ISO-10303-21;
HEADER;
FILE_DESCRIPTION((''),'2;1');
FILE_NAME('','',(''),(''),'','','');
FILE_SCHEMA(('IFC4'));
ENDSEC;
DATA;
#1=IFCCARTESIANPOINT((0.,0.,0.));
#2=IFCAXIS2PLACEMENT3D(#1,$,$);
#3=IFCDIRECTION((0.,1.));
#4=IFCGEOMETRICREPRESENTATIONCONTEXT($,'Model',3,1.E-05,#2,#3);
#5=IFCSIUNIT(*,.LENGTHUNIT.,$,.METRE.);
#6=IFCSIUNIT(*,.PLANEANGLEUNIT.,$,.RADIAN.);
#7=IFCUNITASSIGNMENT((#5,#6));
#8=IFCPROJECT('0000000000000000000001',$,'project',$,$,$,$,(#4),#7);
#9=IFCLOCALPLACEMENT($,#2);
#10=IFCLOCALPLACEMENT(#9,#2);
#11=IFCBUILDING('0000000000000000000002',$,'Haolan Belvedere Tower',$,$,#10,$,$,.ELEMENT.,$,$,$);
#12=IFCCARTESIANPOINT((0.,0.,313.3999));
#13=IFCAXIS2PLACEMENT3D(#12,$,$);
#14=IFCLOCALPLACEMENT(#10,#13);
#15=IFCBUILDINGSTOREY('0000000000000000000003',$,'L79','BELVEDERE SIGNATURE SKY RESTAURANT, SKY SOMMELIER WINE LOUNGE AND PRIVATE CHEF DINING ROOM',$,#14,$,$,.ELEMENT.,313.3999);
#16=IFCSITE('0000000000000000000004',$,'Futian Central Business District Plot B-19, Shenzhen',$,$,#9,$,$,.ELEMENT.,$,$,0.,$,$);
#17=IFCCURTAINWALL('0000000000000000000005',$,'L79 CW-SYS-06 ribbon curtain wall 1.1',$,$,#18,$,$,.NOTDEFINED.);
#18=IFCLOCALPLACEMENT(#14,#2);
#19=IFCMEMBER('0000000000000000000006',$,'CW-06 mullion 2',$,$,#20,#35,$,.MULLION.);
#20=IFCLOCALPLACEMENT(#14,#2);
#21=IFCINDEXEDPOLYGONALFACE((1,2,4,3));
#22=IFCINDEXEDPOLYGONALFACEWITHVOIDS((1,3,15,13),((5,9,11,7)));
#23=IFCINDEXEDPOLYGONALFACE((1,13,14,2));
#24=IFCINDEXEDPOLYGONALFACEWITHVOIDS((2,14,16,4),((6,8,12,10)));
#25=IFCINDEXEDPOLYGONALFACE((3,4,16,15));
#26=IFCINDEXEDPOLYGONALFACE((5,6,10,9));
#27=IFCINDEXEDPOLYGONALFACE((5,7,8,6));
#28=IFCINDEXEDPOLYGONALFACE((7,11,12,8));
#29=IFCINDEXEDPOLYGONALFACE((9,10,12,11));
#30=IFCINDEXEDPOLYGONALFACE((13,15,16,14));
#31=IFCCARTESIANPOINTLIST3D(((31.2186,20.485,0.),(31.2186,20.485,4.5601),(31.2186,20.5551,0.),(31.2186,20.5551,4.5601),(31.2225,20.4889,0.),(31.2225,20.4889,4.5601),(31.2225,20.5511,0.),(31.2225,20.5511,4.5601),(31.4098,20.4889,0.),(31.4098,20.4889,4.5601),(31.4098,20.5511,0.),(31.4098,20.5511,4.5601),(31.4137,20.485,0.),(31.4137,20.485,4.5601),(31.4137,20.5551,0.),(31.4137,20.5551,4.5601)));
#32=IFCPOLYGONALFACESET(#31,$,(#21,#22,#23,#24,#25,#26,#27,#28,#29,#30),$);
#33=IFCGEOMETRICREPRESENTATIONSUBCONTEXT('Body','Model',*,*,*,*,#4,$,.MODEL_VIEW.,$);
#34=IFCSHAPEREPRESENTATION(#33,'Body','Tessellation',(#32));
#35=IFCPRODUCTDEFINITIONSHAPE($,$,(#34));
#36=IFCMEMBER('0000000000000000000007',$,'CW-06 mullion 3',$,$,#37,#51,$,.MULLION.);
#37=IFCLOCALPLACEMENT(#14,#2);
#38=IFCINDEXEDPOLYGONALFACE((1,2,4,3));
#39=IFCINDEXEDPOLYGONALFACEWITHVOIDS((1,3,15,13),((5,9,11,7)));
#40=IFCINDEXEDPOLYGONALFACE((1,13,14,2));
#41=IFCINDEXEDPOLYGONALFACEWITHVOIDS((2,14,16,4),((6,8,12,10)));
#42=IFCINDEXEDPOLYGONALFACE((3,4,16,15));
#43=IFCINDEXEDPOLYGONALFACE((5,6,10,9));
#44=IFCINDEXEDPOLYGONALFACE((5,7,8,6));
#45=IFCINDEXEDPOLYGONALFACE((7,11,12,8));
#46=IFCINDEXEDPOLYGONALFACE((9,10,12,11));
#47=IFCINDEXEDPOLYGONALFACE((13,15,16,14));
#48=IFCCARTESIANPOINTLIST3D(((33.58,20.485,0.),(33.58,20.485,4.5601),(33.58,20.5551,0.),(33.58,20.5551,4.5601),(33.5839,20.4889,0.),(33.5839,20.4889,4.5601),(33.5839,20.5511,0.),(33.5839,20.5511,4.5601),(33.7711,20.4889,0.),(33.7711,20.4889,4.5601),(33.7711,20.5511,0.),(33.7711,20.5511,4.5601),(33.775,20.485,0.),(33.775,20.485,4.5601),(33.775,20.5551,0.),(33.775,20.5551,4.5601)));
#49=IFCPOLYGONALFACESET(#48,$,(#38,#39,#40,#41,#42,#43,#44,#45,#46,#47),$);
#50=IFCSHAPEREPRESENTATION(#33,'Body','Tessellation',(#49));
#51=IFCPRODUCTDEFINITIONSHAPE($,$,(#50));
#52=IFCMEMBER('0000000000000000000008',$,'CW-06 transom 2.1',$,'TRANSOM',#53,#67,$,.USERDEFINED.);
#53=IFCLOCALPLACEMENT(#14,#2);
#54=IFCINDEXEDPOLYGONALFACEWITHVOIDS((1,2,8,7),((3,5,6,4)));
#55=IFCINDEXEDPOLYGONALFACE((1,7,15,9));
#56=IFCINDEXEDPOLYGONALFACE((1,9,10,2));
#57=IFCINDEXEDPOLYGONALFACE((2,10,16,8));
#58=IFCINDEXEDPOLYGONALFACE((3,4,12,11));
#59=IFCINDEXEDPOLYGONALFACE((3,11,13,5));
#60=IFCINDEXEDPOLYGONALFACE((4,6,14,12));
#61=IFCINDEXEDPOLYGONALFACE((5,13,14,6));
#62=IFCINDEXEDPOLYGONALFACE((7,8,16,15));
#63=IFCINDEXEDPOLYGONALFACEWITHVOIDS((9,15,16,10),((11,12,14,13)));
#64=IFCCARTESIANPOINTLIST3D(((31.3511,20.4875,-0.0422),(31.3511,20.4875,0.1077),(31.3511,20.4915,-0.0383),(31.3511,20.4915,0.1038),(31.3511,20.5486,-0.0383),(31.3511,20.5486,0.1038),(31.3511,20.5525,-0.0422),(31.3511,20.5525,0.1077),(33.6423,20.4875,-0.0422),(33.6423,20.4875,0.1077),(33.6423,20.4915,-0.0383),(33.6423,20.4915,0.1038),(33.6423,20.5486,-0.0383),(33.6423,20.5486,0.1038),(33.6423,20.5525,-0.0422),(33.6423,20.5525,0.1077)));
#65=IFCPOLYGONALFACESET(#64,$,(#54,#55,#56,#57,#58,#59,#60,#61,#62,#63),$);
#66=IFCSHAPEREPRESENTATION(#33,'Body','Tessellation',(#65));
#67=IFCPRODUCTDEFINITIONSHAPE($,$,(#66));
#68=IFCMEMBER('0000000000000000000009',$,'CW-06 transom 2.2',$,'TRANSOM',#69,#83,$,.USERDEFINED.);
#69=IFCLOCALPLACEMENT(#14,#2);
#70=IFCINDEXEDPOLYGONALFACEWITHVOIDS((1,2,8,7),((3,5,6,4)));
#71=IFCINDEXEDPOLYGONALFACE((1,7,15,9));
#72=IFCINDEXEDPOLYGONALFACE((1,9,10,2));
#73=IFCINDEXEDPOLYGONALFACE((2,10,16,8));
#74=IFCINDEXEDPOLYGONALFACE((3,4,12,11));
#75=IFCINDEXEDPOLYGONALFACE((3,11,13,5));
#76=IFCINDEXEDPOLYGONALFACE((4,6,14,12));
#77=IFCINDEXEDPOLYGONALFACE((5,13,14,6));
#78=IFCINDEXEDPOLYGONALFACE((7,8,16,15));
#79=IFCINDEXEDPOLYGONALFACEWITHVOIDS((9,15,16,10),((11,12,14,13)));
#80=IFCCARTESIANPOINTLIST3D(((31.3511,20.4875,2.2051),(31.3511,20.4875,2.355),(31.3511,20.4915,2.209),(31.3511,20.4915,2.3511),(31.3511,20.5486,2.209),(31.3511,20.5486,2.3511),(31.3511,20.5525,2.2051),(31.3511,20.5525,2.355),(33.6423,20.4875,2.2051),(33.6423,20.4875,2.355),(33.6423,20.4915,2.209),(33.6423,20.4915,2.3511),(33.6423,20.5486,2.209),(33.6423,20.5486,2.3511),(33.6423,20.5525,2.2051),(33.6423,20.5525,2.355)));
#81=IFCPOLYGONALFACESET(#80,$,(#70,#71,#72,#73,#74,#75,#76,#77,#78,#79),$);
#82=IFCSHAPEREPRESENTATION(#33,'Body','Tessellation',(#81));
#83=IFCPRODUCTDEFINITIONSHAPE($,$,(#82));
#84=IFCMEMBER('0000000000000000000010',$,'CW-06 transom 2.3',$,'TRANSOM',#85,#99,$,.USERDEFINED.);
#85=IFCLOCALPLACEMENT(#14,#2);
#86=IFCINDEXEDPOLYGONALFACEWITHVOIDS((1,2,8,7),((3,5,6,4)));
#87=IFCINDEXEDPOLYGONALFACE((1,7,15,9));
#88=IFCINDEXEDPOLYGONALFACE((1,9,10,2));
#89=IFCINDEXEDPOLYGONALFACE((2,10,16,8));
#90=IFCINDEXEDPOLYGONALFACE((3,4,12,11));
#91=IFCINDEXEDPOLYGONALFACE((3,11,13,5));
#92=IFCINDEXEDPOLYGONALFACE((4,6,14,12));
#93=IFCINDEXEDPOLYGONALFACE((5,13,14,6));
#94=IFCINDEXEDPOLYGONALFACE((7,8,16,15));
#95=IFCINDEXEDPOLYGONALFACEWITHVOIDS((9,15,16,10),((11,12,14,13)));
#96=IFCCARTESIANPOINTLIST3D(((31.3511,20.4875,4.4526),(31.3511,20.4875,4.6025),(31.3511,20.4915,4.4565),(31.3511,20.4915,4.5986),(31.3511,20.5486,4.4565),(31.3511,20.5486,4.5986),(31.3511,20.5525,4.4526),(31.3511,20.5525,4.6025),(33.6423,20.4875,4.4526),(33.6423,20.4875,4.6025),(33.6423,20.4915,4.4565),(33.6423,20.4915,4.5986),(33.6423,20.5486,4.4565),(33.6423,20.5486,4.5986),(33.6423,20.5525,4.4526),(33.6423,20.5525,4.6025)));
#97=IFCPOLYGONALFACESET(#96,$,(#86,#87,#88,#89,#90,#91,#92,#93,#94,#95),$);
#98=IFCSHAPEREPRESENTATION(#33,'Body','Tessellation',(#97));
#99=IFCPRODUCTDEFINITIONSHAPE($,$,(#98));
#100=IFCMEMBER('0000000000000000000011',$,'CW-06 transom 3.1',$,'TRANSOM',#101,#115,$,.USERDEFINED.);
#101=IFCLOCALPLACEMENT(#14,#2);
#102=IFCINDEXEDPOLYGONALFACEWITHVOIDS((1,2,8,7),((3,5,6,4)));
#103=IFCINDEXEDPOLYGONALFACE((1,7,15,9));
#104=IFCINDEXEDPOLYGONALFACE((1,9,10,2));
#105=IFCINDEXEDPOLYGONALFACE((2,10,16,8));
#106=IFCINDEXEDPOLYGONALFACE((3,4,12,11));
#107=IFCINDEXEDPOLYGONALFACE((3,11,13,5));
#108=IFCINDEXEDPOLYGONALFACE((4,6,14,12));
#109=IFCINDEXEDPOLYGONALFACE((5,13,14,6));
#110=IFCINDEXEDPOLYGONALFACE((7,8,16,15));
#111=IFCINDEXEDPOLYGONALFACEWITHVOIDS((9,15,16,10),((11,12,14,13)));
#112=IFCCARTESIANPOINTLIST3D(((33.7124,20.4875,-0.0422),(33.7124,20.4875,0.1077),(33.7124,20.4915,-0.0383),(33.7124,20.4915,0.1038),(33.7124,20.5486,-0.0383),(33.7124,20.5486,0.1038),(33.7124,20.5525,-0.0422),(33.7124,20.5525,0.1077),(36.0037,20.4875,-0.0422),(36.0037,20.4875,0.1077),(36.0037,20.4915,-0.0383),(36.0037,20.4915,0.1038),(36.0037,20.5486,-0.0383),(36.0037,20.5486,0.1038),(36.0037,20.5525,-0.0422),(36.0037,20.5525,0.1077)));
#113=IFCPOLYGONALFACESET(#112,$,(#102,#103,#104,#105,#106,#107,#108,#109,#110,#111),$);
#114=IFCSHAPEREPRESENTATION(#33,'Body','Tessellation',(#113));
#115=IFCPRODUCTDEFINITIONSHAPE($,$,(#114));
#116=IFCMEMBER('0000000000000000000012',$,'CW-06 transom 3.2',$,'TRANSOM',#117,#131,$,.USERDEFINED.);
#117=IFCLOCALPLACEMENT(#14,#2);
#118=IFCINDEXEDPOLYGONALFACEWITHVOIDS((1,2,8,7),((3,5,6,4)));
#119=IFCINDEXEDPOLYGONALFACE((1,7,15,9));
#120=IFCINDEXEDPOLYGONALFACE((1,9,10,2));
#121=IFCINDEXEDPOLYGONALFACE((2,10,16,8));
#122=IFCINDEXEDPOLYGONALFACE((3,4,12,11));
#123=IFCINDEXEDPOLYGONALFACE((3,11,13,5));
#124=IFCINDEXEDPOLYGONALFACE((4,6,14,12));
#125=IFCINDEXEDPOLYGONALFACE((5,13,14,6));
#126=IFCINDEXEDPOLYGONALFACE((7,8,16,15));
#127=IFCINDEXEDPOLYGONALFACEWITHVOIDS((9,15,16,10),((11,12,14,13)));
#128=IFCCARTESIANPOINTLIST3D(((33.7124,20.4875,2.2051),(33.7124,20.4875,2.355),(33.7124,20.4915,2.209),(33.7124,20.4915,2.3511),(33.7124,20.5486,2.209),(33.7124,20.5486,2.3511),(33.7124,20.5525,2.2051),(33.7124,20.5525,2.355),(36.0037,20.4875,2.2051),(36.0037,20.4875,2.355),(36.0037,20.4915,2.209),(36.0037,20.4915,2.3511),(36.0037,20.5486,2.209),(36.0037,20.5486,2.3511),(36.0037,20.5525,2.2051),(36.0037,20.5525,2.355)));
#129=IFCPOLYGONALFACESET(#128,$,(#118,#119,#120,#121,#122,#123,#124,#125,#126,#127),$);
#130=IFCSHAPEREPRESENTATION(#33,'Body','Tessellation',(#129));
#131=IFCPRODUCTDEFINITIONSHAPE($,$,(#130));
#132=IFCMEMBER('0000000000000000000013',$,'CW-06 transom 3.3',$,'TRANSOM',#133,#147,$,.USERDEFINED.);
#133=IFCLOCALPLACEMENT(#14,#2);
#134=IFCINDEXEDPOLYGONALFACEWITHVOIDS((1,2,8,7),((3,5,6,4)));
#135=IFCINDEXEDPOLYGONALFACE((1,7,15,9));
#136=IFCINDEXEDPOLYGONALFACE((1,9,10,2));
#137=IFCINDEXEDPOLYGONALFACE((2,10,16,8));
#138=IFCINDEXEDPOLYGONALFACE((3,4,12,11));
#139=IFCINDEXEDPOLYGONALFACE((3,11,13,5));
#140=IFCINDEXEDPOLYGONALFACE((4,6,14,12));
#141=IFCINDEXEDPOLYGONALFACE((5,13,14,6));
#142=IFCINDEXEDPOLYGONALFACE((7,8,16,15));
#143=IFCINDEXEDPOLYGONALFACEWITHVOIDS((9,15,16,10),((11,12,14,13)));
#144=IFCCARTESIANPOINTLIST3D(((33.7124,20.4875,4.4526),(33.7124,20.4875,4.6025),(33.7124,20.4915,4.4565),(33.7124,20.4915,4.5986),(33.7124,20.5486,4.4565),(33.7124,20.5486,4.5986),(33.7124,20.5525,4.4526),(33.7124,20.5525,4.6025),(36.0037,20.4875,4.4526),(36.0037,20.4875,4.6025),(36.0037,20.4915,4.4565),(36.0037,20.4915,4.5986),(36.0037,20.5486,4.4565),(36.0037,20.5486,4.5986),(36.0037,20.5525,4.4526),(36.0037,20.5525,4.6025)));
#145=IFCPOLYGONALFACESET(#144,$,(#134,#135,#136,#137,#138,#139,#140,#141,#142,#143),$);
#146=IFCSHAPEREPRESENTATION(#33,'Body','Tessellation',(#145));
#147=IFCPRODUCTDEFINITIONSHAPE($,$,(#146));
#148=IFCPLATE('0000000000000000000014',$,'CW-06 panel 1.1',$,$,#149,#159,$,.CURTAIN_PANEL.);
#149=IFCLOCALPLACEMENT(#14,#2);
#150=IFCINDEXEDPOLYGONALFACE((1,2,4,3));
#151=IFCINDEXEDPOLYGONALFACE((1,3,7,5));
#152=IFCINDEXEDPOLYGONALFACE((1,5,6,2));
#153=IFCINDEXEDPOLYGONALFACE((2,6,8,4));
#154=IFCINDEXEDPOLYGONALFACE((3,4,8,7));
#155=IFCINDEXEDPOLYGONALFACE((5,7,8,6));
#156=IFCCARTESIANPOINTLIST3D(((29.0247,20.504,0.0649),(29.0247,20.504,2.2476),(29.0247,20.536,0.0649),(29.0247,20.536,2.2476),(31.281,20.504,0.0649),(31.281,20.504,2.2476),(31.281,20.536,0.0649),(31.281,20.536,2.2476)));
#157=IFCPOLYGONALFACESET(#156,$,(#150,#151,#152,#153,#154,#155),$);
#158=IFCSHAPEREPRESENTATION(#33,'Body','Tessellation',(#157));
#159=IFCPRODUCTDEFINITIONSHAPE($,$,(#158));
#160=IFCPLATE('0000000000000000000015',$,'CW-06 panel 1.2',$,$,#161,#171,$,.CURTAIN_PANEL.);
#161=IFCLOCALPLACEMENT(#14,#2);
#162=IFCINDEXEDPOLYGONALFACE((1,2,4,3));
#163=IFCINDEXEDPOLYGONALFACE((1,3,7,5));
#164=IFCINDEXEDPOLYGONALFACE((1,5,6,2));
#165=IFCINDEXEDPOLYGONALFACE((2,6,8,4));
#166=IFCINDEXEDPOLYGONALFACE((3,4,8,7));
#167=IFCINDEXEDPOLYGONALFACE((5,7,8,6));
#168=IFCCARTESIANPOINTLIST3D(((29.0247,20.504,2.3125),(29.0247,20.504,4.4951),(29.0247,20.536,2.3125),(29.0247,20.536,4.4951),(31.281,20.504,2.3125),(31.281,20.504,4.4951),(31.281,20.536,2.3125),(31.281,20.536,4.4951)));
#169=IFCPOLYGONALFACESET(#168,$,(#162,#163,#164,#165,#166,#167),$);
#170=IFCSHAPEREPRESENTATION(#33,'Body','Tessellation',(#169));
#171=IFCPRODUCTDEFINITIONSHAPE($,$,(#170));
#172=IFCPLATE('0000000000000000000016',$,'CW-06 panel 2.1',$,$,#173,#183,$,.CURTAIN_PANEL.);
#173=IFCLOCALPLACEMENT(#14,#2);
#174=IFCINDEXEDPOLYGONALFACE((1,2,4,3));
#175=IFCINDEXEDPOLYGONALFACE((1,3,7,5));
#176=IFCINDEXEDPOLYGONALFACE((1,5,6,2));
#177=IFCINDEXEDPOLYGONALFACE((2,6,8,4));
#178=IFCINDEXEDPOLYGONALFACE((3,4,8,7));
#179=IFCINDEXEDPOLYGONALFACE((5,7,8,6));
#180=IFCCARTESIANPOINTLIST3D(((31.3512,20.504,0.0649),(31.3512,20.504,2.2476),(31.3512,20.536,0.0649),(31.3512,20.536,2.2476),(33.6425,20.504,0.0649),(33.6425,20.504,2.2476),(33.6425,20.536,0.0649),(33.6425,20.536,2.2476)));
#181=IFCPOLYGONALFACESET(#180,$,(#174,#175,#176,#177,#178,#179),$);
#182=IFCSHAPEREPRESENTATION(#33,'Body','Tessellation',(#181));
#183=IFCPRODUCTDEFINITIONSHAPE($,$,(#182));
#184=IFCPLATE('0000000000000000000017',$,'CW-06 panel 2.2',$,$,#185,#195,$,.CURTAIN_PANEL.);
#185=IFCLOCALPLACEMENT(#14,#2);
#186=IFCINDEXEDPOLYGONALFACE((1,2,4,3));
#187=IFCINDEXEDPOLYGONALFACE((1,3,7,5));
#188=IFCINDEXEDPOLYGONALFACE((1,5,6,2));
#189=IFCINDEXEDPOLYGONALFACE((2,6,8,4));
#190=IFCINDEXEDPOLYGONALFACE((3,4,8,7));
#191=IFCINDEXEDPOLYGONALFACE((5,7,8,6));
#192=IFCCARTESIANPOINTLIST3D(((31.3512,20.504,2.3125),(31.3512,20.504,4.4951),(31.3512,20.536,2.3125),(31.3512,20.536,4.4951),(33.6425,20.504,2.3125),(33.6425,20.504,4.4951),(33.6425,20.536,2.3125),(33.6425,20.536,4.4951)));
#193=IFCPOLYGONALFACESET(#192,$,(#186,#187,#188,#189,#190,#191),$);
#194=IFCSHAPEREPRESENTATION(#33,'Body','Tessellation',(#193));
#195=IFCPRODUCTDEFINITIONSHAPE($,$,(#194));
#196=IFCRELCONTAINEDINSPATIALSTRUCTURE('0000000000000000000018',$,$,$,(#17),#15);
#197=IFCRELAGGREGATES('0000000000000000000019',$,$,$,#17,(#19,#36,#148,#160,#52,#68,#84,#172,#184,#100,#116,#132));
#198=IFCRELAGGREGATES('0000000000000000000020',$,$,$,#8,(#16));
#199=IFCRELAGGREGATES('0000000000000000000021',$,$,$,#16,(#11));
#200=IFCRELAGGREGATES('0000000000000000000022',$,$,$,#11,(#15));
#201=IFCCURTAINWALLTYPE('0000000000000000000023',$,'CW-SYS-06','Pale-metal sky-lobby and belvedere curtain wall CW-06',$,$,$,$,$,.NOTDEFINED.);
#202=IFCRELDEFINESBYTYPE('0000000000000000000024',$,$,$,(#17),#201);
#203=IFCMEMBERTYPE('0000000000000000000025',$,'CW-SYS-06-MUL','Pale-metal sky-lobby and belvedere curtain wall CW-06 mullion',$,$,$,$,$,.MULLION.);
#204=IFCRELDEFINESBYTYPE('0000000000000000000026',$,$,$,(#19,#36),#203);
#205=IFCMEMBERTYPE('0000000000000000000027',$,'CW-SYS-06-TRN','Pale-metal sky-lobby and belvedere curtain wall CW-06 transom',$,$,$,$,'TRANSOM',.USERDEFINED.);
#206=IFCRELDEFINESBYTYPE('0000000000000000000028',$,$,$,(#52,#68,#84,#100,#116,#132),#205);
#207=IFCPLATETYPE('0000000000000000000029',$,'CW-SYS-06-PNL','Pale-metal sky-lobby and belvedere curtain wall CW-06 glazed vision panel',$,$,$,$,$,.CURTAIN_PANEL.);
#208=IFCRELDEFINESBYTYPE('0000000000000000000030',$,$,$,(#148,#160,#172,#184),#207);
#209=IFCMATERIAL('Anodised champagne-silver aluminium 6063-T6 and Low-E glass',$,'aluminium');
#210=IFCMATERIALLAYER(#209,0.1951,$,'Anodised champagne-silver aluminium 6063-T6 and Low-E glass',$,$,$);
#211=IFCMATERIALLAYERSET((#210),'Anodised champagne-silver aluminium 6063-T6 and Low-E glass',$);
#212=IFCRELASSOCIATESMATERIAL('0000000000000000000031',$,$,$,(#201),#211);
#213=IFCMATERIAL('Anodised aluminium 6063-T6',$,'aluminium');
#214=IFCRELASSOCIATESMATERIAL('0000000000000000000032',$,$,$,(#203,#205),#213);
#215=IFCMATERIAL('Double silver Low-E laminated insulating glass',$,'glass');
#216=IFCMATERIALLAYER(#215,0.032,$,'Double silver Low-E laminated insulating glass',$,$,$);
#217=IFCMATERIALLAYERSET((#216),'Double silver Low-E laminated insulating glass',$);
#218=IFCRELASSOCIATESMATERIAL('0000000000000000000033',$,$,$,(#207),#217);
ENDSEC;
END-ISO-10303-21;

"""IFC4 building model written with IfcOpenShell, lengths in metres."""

from ifc_helpers import new_model, si_unit, direction, frame, origin, origin_2d, place, context, subcontext, project, spatial, rectangle, hollow_rectangle, extrude, material, layer, layer_set, material_profile, profile_set, type_object, element, aggregate, save


model = new_model("IFC4")

# Units and contexts
model_context = context("Model", 3, precision=1e-05, world=origin(), true_north=direction((0.0, 1.0)))
body_context = subcontext(model_context, "Body", "Model", "MODEL_VIEW")
ifc_project = project(units=[si_unit("LENGTHUNIT", "METRE"), si_unit("PLANEANGLEUNIT", "RADIAN")], contexts=[model_context])

# Site, building, storey
site_placement = place(None, origin())
site = spatial("IfcSite", under=ifc_project, at=site_placement, Name="Futian Central Business District Plot B-19, Shenzhen", CompositionType="ELEMENT", RefElevation=0.0)
building_placement = place(site_placement, origin())
building = spatial("IfcBuilding", under=site, at=building_placement, Name="Haolan Belvedere Tower", CompositionType="ELEMENT")
storey_placement = place(building_placement, frame((0.0, 0.0, 313.3999)))
storey = spatial("IfcBuildingStorey", under=building, at=storey_placement, Name="L79", Description="BELVEDERE SIGNATURE SKY RESTAURANT, SKY SOMMELIER WINE LOUNGE AND PRIVATE CHEF DINING ROOM", CompositionType="ELEMENT", Elevation=313.3999)

# Curtain wall, members, plates
ifc_material_1 = material(Name="Anodised champagne-silver aluminium 6063-T6 and Low-E glass", Category="aluminium")
ifc_layer_1 = layer(ifc_material_1, 0.1951, Name="Anodised champagne-silver aluminium 6063-T6 and Low-E glass")
ifc_layer_set_1 = layer_set([ifc_layer_1], Name="Anodised champagne-silver aluminium 6063-T6 and Low-E glass")
curtain_wall_type = type_object("IfcCurtainWallType", Name="CW-SYS-06", Description="Pale-metal sky-lobby and belvedere curtain wall CW-06", PredefinedType="NOTDEFINED", material=ifc_layer_set_1)
curtain_wall_placement = place(storey_placement, origin())
curtain_wall = element("IfcCurtainWall", 1, at=curtain_wall_placement, inside=storey, type_object=curtain_wall_type, Name="L79 CW-SYS-06 ribbon curtain wall 1.1", PredefinedType="NOTDEFINED")
ifc_material_2 = material(Name="Anodised aluminium 6063-T6", Category="aluminium")
ifc_material_profile_1 = material_profile(ifc_material_2, hollow_rectangle(XDim=0.0701, YDim=0.1951, WallThickness=0.0039, at=origin_2d()), Name="Anodised aluminium 6063-T6")
ifc_profile_set_1 = profile_set([ifc_material_profile_1], Name="Anodised aluminium 6063-T6")
member_type_1 = type_object("IfcMemberType", Name="CW-SYS-06-MUL", Description="Pale-metal sky-lobby and belvedere curtain wall CW-06 mullion", PredefinedType="MULLION", material=ifc_profile_set_1)
member_1_placement = place(storey_placement, frame((31.3162, 20.52, 0.0), z_axis=(0.0, 0.0, 1.0), x_axis=(0.0, 1.0, 0.0)))
member_1 = element("IfcMember", 2, at=member_1_placement, type_object=member_type_1, Name="CW-06 mullion 2", PredefinedType="MULLION", context=body_context, shape_type="SweptSolid", body=[
    extrude(hollow_rectangle(XDim=0.0701, YDim=0.1951, WallThickness=0.0039, at=origin_2d()), origin(), (0.0, 0.0, 1.0), 4.5601),
])
member_2_placement = place(storey_placement, frame((33.6775, 20.52, 0.0), z_axis=(0.0, 0.0, 1.0), x_axis=(0.0, 1.0, 0.0)))
member_2 = element("IfcMember", 3, at=member_2_placement, type_object=member_type_1, Name="CW-06 mullion 3", PredefinedType="MULLION", context=body_context, shape_type="SweptSolid", body=[
    extrude(hollow_rectangle(XDim=0.0701, YDim=0.1951, WallThickness=0.0039, at=origin_2d()), origin(), (0.0, 0.0, 1.0), 4.5601),
])
ifc_material_profile_2 = material_profile(ifc_material_2, hollow_rectangle(XDim=0.0649, YDim=0.1499, WallThickness=0.0039, at=origin_2d()), Name="Anodised aluminium 6063-T6")
ifc_profile_set_2 = profile_set([ifc_material_profile_2], Name="Anodised aluminium 6063-T6")
member_type_2 = type_object("IfcMemberType", Name="CW-SYS-06-TRN", Description="Pale-metal sky-lobby and belvedere curtain wall CW-06 transom", ElementType="TRANSOM", PredefinedType="USERDEFINED", material=ifc_profile_set_2)
member_3_placement = place(storey_placement, frame((31.3511, 20.52, 0.0327), z_axis=(1.0, 0.0, 0.0), x_axis=(0.0, 1.0, 0.0)))
member_3 = element("IfcMember", 4, at=member_3_placement, type_object=member_type_2, Name="CW-06 transom 2.1", ObjectType="TRANSOM", PredefinedType="USERDEFINED", context=body_context, shape_type="SweptSolid", body=[
    extrude(hollow_rectangle(XDim=0.0649, YDim=0.1499, WallThickness=0.0039, at=origin_2d()), origin(), (0.0, 0.0, 1.0), 2.2913),
])
member_4_placement = place(storey_placement, frame((31.3511, 20.52, 2.28), z_axis=(1.0, 0.0, 0.0), x_axis=(0.0, 1.0, 0.0)))
member_4 = element("IfcMember", 5, at=member_4_placement, type_object=member_type_2, Name="CW-06 transom 2.2", ObjectType="TRANSOM", PredefinedType="USERDEFINED", context=body_context, shape_type="SweptSolid", body=[
    extrude(hollow_rectangle(XDim=0.0649, YDim=0.1499, WallThickness=0.0039, at=origin_2d()), origin(), (0.0, 0.0, 1.0), 2.2913),
])
member_5_placement = place(storey_placement, frame((31.3511, 20.52, 4.5276), z_axis=(1.0, 0.0, 0.0), x_axis=(0.0, 1.0, 0.0)))
member_5 = element("IfcMember", 6, at=member_5_placement, type_object=member_type_2, Name="CW-06 transom 2.3", ObjectType="TRANSOM", PredefinedType="USERDEFINED", context=body_context, shape_type="SweptSolid", body=[
    extrude(hollow_rectangle(XDim=0.0649, YDim=0.1499, WallThickness=0.0039, at=origin_2d()), origin(), (0.0, 0.0, 1.0), 2.2913),
])
member_6_placement = place(storey_placement, frame((33.7124, 20.52, 0.0327), z_axis=(1.0, 0.0, 0.0), x_axis=(0.0, 1.0, 0.0)))
member_6 = element("IfcMember", 7, at=member_6_placement, type_object=member_type_2, Name="CW-06 transom 3.1", ObjectType="TRANSOM", PredefinedType="USERDEFINED", context=body_context, shape_type="SweptSolid", body=[
    extrude(hollow_rectangle(XDim=0.0649, YDim=0.1499, WallThickness=0.0039, at=origin_2d()), origin(), (0.0, 0.0, 1.0), 2.2913),
])
member_7_placement = place(storey_placement, frame((33.7124, 20.52, 2.28), z_axis=(1.0, 0.0, 0.0), x_axis=(0.0, 1.0, 0.0)))
member_7 = element("IfcMember", 8, at=member_7_placement, type_object=member_type_2, Name="CW-06 transom 3.2", ObjectType="TRANSOM", PredefinedType="USERDEFINED", context=body_context, shape_type="SweptSolid", body=[
    extrude(hollow_rectangle(XDim=0.0649, YDim=0.1499, WallThickness=0.0039, at=origin_2d()), origin(), (0.0, 0.0, 1.0), 2.2913),
])
member_8_placement = place(storey_placement, frame((33.7124, 20.52, 4.5276), z_axis=(1.0, 0.0, 0.0), x_axis=(0.0, 1.0, 0.0)))
member_8 = element("IfcMember", 9, at=member_8_placement, type_object=member_type_2, Name="CW-06 transom 3.3", ObjectType="TRANSOM", PredefinedType="USERDEFINED", context=body_context, shape_type="SweptSolid", body=[
    extrude(hollow_rectangle(XDim=0.0649, YDim=0.1499, WallThickness=0.0039, at=origin_2d()), origin(), (0.0, 0.0, 1.0), 2.2913),
])
ifc_material_3 = material(Name="Double silver Low-E laminated insulating glass", Category="glass")
ifc_layer_2 = layer(ifc_material_3, 0.032, Name="Double silver Low-E laminated insulating glass")
ifc_layer_set_2 = layer_set([ifc_layer_2], Name="Double silver Low-E laminated insulating glass")
plate_type = type_object("IfcPlateType", Name="CW-SYS-06-PNL", Description="Pale-metal sky-lobby and belvedere curtain wall CW-06 glazed vision panel", PredefinedType="CURTAIN_PANEL", material=ifc_layer_set_2)
plate_1_placement = place(storey_placement, frame((30.1528, 20.52, 0.0649), z_axis=(0.0, 0.0, 1.0), x_axis=(1.0, 0.0, 0.0)))
plate_1 = element("IfcPlate", 10, at=plate_1_placement, type_object=plate_type, Name="CW-06 panel 1.1", PredefinedType="CURTAIN_PANEL", context=body_context, shape_type="SweptSolid", body=[
    extrude(rectangle(XDim=2.2563, YDim=0.032, at=origin_2d()), origin(), (0.0, 0.0, 1.0), 2.1826),
])
plate_2_placement = place(storey_placement, frame((30.1528, 20.52, 2.3125), z_axis=(0.0, 0.0, 1.0), x_axis=(1.0, 0.0, 0.0)))
plate_2 = element("IfcPlate", 11, at=plate_2_placement, type_object=plate_type, Name="CW-06 panel 1.2", PredefinedType="CURTAIN_PANEL", context=body_context, shape_type="SweptSolid", body=[
    extrude(rectangle(XDim=2.2563, YDim=0.032, at=origin_2d()), origin(), (0.0, 0.0, 1.0), 2.1826),
])
plate_3_placement = place(storey_placement, frame((32.4968, 20.52, 0.0649), z_axis=(0.0, 0.0, 1.0), x_axis=(1.0, 0.0, 0.0)))
plate_3 = element("IfcPlate", 12, at=plate_3_placement, type_object=plate_type, Name="CW-06 panel 2.1", PredefinedType="CURTAIN_PANEL", context=body_context, shape_type="SweptSolid", body=[
    extrude(rectangle(XDim=2.2913, YDim=0.032, at=origin_2d()), origin(), (0.0, 0.0, 1.0), 2.1826),
])
plate_4_placement = place(storey_placement, frame((32.4968, 20.52, 2.3125), z_axis=(0.0, 0.0, 1.0), x_axis=(1.0, 0.0, 0.0)))
plate_4 = element("IfcPlate", 13, at=plate_4_placement, type_object=plate_type, Name="CW-06 panel 2.2", PredefinedType="CURTAIN_PANEL", context=body_context, shape_type="SweptSolid", body=[
    extrude(rectangle(XDim=2.2913, YDim=0.032, at=origin_2d()), origin(), (0.0, 0.0, 1.0), 2.1826),
])
aggregate(curtain_wall, [member_1, member_2, plate_1, plate_2, member_3, member_4, member_5, plate_3, plate_4, member_6, member_7, member_8])

save(model, "model.ifc")
